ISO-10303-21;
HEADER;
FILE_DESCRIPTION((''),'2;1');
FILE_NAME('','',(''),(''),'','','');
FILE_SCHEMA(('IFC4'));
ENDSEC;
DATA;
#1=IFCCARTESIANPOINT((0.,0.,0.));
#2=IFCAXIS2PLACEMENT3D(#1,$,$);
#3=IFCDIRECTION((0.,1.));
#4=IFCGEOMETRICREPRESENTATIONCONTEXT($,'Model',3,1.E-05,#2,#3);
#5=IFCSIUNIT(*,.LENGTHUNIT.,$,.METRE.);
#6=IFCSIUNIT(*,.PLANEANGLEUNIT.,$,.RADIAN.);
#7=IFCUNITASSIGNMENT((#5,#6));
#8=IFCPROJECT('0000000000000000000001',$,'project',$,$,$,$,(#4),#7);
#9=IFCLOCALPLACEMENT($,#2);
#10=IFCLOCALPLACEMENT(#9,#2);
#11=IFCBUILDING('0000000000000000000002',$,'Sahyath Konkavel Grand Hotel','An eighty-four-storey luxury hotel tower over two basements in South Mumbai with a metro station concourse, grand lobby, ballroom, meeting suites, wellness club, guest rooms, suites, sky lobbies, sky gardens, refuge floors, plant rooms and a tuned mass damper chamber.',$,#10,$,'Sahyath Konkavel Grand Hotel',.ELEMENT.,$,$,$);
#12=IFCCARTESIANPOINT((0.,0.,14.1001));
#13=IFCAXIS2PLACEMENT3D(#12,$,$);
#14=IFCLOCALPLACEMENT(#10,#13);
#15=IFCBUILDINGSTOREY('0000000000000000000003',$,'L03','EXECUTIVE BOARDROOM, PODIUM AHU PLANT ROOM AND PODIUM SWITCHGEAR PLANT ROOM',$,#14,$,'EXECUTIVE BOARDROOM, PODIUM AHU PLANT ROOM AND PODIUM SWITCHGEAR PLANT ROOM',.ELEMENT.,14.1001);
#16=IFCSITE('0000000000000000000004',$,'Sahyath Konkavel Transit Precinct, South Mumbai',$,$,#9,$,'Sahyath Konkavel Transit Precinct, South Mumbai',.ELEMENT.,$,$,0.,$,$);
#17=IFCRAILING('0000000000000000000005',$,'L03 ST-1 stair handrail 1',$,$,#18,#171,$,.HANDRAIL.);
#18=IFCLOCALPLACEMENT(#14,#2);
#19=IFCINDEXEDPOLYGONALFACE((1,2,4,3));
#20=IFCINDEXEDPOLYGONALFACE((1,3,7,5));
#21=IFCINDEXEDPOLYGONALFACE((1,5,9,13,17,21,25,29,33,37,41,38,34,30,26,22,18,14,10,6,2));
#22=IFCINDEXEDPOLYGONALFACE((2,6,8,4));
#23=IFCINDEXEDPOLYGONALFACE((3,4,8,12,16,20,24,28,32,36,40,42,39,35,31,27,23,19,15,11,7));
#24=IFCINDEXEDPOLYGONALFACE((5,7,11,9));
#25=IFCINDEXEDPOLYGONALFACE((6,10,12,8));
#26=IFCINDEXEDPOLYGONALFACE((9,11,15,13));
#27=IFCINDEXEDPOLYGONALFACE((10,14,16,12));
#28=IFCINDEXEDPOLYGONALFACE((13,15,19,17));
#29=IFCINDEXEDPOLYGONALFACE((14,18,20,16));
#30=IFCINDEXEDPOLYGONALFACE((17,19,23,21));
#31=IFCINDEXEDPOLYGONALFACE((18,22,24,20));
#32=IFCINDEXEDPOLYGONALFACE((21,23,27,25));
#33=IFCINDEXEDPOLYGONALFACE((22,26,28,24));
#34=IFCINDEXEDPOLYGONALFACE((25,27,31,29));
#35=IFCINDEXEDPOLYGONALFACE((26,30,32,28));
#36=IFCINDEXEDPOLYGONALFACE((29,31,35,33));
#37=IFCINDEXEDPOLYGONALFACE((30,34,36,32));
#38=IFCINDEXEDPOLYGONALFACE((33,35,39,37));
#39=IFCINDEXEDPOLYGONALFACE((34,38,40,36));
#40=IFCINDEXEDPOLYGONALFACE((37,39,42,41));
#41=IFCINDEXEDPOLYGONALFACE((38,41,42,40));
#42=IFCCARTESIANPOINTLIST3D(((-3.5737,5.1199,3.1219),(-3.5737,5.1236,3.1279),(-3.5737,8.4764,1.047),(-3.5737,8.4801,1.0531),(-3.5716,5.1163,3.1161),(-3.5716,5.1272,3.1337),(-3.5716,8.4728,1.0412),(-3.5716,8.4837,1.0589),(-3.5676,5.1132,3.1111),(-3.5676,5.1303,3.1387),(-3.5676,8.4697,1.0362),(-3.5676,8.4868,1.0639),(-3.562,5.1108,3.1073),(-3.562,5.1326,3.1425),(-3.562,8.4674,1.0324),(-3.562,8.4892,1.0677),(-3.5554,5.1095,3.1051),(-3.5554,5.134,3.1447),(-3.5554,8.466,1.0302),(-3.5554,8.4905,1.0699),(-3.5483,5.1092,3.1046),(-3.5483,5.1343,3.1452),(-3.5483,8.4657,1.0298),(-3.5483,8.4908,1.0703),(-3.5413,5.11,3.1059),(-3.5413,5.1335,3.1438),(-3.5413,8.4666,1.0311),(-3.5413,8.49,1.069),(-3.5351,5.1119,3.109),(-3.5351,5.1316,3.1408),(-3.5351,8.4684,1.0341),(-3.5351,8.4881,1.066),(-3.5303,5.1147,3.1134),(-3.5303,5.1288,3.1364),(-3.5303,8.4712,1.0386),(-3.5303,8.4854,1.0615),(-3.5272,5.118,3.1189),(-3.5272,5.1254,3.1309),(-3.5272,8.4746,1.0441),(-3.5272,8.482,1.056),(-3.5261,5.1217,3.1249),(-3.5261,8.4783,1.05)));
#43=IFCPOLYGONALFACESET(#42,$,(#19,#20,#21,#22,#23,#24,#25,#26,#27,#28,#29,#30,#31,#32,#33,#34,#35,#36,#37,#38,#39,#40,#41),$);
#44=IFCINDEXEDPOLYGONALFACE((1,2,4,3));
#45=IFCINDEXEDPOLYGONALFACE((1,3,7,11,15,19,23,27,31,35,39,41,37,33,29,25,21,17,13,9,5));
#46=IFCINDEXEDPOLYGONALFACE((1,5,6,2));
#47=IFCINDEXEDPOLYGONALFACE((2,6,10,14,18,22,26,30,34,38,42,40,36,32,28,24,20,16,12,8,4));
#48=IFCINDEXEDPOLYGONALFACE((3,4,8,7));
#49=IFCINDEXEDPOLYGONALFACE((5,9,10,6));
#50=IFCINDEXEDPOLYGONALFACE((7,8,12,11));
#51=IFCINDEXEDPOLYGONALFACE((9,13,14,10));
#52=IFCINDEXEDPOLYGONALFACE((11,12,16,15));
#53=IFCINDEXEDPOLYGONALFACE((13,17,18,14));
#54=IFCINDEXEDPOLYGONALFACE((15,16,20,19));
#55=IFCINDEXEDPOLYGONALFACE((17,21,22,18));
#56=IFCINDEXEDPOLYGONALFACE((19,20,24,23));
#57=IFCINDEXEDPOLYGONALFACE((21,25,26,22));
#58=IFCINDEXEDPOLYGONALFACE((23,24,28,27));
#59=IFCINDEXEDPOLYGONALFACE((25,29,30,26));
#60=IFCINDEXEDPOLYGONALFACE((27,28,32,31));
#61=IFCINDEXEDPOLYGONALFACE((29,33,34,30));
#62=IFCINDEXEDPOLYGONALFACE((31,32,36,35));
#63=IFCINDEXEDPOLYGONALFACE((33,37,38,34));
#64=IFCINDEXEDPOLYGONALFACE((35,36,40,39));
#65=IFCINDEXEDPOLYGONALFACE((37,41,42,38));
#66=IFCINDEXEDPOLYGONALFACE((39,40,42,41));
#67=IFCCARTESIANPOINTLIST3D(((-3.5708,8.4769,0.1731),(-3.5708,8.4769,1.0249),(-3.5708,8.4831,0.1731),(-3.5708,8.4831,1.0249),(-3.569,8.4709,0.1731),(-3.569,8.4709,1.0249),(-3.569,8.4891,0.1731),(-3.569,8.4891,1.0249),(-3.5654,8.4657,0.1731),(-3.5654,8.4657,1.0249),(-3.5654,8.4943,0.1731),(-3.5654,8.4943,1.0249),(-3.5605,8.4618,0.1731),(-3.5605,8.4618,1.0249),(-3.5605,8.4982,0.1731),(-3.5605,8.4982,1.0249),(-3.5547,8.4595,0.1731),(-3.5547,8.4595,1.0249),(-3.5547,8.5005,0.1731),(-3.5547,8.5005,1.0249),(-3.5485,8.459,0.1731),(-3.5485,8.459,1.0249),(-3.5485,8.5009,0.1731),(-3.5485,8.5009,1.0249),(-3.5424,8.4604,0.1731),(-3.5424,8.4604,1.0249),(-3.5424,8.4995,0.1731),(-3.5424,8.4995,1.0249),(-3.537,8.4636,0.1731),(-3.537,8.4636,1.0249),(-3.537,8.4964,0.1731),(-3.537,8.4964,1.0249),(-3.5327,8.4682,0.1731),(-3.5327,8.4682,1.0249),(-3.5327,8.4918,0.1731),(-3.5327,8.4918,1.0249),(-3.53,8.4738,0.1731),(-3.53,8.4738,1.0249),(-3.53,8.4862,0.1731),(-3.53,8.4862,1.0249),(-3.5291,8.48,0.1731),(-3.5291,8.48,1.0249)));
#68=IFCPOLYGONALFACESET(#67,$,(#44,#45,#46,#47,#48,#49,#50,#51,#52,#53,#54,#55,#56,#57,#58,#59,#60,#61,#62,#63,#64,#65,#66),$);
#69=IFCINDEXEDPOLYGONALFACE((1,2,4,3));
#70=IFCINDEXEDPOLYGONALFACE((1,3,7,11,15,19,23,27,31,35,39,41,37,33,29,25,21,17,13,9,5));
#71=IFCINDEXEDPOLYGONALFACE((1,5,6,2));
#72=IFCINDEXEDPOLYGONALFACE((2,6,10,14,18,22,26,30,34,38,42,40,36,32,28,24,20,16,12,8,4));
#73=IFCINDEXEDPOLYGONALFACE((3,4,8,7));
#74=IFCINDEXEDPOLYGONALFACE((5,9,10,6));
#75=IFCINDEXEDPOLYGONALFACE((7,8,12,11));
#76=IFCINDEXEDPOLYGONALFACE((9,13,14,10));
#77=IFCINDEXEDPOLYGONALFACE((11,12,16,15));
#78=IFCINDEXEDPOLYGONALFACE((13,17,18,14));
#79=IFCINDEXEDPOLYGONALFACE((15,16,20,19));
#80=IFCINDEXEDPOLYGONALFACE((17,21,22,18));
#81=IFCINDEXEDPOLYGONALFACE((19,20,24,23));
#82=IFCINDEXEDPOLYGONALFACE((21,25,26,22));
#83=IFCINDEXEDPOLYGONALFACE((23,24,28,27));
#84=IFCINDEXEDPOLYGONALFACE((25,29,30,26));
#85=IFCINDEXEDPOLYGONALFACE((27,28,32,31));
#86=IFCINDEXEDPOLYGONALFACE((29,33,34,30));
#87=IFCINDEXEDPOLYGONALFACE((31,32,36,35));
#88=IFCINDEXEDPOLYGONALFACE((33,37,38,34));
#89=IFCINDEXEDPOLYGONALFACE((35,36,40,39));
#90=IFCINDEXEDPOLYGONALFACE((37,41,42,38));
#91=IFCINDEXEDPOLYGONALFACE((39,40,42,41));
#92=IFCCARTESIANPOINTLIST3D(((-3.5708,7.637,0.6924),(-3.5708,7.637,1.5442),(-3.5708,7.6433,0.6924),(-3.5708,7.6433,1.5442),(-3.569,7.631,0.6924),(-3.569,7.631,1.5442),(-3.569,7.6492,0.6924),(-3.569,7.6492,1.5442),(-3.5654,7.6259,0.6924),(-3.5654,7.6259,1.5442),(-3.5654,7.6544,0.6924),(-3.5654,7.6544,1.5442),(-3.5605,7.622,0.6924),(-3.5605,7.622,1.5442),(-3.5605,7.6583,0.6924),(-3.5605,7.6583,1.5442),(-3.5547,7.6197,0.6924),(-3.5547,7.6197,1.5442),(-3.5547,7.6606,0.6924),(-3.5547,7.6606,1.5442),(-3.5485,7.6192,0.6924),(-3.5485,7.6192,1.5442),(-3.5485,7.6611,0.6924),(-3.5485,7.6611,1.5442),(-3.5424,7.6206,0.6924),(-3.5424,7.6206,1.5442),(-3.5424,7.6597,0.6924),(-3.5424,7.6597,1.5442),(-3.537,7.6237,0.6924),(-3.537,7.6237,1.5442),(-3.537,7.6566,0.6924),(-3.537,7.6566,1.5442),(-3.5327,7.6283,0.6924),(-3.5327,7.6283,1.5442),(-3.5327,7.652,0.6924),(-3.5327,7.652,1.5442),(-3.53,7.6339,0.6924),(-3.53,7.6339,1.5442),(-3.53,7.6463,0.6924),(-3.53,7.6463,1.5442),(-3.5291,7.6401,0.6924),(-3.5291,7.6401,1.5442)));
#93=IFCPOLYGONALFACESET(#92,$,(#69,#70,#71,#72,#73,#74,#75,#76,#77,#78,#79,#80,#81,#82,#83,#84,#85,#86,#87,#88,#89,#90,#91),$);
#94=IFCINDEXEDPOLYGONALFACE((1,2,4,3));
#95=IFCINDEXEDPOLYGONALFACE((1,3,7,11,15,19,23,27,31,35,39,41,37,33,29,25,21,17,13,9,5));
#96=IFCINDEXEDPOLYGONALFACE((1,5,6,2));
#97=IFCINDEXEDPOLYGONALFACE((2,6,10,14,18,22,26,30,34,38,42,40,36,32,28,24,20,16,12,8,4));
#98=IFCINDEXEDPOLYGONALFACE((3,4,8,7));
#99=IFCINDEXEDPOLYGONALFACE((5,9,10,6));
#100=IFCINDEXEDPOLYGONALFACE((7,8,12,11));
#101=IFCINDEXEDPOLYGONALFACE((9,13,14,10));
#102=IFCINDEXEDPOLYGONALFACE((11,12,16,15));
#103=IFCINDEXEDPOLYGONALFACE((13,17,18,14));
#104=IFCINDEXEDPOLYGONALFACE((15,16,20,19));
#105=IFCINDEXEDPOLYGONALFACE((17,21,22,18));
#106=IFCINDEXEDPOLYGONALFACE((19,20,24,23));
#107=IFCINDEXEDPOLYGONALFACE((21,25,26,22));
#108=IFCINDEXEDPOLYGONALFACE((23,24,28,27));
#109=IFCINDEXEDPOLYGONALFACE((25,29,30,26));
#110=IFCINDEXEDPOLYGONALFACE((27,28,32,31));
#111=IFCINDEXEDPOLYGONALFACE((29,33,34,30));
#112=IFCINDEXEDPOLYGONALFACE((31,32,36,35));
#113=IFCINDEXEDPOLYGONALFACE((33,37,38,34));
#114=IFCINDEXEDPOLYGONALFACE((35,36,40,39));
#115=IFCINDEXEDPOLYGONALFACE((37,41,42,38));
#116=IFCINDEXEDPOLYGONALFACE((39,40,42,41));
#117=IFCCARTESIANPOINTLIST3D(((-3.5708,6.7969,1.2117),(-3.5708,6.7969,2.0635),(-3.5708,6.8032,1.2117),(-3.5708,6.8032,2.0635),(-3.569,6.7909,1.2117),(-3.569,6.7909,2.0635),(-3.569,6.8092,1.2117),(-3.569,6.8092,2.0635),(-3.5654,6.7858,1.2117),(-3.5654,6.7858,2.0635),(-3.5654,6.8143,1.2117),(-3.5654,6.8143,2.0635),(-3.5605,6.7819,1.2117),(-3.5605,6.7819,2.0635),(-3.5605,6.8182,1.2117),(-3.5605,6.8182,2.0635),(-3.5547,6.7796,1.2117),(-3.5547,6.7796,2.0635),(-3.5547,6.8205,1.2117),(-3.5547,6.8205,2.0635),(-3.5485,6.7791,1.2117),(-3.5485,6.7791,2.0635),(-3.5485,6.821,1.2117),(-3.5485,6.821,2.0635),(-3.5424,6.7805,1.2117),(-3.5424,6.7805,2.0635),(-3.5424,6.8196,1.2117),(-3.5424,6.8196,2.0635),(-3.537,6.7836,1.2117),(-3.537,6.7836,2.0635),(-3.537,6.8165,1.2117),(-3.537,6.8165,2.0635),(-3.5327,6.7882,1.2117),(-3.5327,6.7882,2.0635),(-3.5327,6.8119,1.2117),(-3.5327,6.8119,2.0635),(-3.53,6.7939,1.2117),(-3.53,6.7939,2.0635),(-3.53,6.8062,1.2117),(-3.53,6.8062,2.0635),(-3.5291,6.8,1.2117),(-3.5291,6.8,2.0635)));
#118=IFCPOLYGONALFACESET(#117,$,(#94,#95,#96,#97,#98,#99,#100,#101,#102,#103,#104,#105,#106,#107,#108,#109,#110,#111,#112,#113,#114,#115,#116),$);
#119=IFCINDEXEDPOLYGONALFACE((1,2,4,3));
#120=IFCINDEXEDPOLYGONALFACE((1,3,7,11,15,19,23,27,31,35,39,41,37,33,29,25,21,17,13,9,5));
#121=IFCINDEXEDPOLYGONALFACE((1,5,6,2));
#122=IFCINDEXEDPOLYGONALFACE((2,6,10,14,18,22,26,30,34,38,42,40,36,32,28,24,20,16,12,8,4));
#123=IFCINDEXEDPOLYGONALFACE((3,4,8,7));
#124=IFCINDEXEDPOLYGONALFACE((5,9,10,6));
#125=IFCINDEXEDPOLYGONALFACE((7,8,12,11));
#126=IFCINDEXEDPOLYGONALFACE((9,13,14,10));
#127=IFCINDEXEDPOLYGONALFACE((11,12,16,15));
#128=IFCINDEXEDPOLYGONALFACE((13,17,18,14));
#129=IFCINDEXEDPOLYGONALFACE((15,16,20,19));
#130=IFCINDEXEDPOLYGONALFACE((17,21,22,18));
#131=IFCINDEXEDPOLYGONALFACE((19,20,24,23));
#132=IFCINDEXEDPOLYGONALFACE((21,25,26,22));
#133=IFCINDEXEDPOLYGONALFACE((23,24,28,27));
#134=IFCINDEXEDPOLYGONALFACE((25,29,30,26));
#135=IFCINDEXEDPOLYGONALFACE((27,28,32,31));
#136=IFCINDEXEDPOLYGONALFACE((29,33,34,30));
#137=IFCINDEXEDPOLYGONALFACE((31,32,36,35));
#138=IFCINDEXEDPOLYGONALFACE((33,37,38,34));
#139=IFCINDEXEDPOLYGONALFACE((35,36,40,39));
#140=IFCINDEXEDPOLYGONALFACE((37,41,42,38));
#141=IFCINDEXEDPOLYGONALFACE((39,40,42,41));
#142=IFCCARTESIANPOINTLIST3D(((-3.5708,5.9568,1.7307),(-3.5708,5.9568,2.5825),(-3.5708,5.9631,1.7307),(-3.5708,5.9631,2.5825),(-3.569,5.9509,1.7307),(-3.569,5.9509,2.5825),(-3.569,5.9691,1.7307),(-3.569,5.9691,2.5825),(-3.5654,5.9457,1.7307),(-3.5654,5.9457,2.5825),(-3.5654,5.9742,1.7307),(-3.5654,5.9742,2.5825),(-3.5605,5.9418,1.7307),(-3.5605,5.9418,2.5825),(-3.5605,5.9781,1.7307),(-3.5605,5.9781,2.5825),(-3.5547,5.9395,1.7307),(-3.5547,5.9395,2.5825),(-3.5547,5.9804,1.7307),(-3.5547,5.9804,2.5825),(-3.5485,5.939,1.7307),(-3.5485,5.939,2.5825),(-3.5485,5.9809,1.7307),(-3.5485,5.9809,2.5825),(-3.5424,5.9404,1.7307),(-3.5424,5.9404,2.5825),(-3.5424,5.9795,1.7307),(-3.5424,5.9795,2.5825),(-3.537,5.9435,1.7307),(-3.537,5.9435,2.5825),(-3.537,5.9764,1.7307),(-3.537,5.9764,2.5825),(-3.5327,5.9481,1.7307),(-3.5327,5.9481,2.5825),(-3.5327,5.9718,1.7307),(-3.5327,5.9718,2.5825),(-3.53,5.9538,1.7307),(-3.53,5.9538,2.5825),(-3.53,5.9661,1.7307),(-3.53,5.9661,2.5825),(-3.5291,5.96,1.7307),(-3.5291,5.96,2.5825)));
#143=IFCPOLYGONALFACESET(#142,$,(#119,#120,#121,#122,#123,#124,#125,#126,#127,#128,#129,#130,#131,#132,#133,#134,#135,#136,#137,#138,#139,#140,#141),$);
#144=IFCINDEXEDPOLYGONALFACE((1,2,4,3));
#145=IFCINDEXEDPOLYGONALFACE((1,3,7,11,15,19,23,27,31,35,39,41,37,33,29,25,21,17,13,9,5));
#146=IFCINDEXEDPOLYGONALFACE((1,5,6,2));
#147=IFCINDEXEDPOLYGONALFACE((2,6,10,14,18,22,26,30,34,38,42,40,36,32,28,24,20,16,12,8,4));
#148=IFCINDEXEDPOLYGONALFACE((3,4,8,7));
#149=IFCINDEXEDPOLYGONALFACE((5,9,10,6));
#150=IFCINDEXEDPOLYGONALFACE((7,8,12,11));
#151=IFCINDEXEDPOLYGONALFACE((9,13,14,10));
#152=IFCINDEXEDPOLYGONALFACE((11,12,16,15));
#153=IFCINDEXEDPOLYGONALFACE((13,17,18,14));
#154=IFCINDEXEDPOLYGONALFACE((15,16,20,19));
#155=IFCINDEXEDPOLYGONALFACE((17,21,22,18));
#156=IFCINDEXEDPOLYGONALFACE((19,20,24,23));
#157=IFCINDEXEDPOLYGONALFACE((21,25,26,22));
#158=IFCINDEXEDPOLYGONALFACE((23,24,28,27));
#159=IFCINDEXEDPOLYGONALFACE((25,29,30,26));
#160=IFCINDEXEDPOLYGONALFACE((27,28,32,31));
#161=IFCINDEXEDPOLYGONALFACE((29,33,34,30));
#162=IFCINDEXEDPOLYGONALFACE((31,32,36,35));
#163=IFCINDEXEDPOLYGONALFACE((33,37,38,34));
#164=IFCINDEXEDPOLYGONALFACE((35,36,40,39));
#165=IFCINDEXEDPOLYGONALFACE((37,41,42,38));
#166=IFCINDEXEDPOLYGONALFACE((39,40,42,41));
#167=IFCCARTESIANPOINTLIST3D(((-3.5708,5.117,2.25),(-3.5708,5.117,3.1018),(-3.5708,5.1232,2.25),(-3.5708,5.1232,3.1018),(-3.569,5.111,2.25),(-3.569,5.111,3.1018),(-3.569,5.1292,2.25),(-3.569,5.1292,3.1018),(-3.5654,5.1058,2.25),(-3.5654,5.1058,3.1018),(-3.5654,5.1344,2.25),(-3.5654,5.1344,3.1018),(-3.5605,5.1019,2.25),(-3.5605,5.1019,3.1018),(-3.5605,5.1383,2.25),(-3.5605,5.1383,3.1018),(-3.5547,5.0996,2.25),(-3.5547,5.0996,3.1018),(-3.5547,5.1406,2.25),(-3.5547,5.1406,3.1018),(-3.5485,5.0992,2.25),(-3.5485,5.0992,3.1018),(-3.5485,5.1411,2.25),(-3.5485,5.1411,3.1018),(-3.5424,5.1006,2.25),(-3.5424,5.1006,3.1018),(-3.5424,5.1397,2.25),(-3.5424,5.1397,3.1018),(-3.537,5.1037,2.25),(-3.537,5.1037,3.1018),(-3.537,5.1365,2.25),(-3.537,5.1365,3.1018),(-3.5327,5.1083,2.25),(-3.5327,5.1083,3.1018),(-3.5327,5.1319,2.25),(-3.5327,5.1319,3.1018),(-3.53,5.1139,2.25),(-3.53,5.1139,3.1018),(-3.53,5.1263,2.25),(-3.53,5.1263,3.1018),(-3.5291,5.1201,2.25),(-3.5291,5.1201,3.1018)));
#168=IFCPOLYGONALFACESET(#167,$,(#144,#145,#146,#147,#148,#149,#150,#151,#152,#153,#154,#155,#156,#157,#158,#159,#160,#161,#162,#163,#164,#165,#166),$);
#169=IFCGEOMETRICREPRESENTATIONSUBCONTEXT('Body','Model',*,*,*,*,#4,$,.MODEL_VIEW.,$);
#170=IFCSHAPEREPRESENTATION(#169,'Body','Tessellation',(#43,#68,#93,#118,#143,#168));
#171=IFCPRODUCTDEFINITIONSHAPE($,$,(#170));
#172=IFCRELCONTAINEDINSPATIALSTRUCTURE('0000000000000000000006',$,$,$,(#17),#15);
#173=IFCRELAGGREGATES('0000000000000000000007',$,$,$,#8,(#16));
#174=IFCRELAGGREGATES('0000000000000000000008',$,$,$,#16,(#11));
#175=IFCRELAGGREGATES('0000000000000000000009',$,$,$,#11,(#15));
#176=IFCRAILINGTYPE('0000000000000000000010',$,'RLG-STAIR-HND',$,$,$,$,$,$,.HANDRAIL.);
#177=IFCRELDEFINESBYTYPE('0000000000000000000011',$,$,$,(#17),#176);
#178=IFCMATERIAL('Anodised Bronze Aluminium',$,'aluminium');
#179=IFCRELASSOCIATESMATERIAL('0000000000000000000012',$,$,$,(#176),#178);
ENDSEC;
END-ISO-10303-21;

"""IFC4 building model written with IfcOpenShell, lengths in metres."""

from ifc_helpers import new_model, si_unit, direction, frame, origin, origin_2d, place, context, subcontext, project, spatial, circle, extrude, material, type_object, element, save


model = new_model("IFC4")

# Units and contexts
model_context = context("Model", 3, precision=1e-05, world=origin(), true_north=direction((0.0, 1.0)))
body_context = subcontext(model_context, "Body", "Model", "MODEL_VIEW")
ifc_project = project(units=[si_unit("LENGTHUNIT", "METRE"), si_unit("PLANEANGLEUNIT", "RADIAN")], contexts=[model_context])

# Site, building, storey
site_placement = place(None, origin())
site = spatial("IfcSite", under=ifc_project, at=site_placement, Name="Sahyath Konkavel Transit Precinct, South Mumbai", LongName="Sahyath Konkavel Transit Precinct, South Mumbai", CompositionType="ELEMENT", RefElevation=0.0)
building_placement = place(site_placement, origin())
building = spatial("IfcBuilding", under=site, at=building_placement, Name="Sahyath Konkavel Grand Hotel", Description="An eighty-four-storey luxury hotel tower over two basements in South Mumbai with a metro station concourse, grand lobby, ballroom, meeting suites, wellness club, guest rooms, suites, sky lobbies, sky gardens, refuge floors, plant rooms and a tuned mass damper chamber.", LongName="Sahyath Konkavel Grand Hotel", CompositionType="ELEMENT")
storey_placement = place(building_placement, frame((0.0, 0.0, 14.1001)))
storey = spatial("IfcBuildingStorey", under=building, at=storey_placement, Name="L03", Description="EXECUTIVE BOARDROOM, PODIUM AHU PLANT ROOM AND PODIUM SWITCHGEAR PLANT ROOM", LongName="EXECUTIVE BOARDROOM, PODIUM AHU PLANT ROOM AND PODIUM SWITCHGEAR PLANT ROOM", CompositionType="ELEMENT", Elevation=14.1001)

# Railing
ifc_material_1 = material(Name="Anodised Bronze Aluminium", Category="aluminium")
railing_type_1 = type_object("IfcRailingType", Name="RLG-STAIR-HND", PredefinedType="HANDRAIL", material=ifc_material_1)
railing_1_placement = place(storey_placement, frame((-3.55, 8.48, 0.1731)))
element("IfcRailing", 1, at=railing_1_placement, inside=storey, type_object=railing_type_1, Name="L03 ST-1 stair handrail 1", PredefinedType="HANDRAIL", context=body_context, shape_type="SweptSolid", body=[
    extrude(circle(Radius=0.0239, at=origin_2d()), frame((0.0, -0.0017, 0.877), z_axis=(0.0, -0.850606, 0.525803), x_axis=(1.0, 0.0, 0.0)), (0.0, 0.0, 1.0), 3.946),
    extrude(circle(Radius=0.021, at=origin_2d()), origin(), (0.0, 0.0, 1.0), 0.8518),
    extrude(circle(Radius=0.021, at=origin_2d()), frame((0.0, -0.8398, 0.5193)), (0.0, 0.0, 1.0), 0.8518),
    extrude(circle(Radius=0.021, at=origin_2d()), frame((0.0, -1.6799, 1.0386)), (0.0, 0.0, 1.0), 0.8518),
    extrude(circle(Radius=0.021, at=origin_2d()), frame((0.0, -2.52, 1.5576)), (0.0, 0.0, 1.0), 0.8518),
    extrude(circle(Radius=0.021, at=origin_2d()), frame((0.0, -3.3599, 2.0769)), (0.0, 0.0, 1.0), 0.8518),
])

save(model, "model.ifc")
